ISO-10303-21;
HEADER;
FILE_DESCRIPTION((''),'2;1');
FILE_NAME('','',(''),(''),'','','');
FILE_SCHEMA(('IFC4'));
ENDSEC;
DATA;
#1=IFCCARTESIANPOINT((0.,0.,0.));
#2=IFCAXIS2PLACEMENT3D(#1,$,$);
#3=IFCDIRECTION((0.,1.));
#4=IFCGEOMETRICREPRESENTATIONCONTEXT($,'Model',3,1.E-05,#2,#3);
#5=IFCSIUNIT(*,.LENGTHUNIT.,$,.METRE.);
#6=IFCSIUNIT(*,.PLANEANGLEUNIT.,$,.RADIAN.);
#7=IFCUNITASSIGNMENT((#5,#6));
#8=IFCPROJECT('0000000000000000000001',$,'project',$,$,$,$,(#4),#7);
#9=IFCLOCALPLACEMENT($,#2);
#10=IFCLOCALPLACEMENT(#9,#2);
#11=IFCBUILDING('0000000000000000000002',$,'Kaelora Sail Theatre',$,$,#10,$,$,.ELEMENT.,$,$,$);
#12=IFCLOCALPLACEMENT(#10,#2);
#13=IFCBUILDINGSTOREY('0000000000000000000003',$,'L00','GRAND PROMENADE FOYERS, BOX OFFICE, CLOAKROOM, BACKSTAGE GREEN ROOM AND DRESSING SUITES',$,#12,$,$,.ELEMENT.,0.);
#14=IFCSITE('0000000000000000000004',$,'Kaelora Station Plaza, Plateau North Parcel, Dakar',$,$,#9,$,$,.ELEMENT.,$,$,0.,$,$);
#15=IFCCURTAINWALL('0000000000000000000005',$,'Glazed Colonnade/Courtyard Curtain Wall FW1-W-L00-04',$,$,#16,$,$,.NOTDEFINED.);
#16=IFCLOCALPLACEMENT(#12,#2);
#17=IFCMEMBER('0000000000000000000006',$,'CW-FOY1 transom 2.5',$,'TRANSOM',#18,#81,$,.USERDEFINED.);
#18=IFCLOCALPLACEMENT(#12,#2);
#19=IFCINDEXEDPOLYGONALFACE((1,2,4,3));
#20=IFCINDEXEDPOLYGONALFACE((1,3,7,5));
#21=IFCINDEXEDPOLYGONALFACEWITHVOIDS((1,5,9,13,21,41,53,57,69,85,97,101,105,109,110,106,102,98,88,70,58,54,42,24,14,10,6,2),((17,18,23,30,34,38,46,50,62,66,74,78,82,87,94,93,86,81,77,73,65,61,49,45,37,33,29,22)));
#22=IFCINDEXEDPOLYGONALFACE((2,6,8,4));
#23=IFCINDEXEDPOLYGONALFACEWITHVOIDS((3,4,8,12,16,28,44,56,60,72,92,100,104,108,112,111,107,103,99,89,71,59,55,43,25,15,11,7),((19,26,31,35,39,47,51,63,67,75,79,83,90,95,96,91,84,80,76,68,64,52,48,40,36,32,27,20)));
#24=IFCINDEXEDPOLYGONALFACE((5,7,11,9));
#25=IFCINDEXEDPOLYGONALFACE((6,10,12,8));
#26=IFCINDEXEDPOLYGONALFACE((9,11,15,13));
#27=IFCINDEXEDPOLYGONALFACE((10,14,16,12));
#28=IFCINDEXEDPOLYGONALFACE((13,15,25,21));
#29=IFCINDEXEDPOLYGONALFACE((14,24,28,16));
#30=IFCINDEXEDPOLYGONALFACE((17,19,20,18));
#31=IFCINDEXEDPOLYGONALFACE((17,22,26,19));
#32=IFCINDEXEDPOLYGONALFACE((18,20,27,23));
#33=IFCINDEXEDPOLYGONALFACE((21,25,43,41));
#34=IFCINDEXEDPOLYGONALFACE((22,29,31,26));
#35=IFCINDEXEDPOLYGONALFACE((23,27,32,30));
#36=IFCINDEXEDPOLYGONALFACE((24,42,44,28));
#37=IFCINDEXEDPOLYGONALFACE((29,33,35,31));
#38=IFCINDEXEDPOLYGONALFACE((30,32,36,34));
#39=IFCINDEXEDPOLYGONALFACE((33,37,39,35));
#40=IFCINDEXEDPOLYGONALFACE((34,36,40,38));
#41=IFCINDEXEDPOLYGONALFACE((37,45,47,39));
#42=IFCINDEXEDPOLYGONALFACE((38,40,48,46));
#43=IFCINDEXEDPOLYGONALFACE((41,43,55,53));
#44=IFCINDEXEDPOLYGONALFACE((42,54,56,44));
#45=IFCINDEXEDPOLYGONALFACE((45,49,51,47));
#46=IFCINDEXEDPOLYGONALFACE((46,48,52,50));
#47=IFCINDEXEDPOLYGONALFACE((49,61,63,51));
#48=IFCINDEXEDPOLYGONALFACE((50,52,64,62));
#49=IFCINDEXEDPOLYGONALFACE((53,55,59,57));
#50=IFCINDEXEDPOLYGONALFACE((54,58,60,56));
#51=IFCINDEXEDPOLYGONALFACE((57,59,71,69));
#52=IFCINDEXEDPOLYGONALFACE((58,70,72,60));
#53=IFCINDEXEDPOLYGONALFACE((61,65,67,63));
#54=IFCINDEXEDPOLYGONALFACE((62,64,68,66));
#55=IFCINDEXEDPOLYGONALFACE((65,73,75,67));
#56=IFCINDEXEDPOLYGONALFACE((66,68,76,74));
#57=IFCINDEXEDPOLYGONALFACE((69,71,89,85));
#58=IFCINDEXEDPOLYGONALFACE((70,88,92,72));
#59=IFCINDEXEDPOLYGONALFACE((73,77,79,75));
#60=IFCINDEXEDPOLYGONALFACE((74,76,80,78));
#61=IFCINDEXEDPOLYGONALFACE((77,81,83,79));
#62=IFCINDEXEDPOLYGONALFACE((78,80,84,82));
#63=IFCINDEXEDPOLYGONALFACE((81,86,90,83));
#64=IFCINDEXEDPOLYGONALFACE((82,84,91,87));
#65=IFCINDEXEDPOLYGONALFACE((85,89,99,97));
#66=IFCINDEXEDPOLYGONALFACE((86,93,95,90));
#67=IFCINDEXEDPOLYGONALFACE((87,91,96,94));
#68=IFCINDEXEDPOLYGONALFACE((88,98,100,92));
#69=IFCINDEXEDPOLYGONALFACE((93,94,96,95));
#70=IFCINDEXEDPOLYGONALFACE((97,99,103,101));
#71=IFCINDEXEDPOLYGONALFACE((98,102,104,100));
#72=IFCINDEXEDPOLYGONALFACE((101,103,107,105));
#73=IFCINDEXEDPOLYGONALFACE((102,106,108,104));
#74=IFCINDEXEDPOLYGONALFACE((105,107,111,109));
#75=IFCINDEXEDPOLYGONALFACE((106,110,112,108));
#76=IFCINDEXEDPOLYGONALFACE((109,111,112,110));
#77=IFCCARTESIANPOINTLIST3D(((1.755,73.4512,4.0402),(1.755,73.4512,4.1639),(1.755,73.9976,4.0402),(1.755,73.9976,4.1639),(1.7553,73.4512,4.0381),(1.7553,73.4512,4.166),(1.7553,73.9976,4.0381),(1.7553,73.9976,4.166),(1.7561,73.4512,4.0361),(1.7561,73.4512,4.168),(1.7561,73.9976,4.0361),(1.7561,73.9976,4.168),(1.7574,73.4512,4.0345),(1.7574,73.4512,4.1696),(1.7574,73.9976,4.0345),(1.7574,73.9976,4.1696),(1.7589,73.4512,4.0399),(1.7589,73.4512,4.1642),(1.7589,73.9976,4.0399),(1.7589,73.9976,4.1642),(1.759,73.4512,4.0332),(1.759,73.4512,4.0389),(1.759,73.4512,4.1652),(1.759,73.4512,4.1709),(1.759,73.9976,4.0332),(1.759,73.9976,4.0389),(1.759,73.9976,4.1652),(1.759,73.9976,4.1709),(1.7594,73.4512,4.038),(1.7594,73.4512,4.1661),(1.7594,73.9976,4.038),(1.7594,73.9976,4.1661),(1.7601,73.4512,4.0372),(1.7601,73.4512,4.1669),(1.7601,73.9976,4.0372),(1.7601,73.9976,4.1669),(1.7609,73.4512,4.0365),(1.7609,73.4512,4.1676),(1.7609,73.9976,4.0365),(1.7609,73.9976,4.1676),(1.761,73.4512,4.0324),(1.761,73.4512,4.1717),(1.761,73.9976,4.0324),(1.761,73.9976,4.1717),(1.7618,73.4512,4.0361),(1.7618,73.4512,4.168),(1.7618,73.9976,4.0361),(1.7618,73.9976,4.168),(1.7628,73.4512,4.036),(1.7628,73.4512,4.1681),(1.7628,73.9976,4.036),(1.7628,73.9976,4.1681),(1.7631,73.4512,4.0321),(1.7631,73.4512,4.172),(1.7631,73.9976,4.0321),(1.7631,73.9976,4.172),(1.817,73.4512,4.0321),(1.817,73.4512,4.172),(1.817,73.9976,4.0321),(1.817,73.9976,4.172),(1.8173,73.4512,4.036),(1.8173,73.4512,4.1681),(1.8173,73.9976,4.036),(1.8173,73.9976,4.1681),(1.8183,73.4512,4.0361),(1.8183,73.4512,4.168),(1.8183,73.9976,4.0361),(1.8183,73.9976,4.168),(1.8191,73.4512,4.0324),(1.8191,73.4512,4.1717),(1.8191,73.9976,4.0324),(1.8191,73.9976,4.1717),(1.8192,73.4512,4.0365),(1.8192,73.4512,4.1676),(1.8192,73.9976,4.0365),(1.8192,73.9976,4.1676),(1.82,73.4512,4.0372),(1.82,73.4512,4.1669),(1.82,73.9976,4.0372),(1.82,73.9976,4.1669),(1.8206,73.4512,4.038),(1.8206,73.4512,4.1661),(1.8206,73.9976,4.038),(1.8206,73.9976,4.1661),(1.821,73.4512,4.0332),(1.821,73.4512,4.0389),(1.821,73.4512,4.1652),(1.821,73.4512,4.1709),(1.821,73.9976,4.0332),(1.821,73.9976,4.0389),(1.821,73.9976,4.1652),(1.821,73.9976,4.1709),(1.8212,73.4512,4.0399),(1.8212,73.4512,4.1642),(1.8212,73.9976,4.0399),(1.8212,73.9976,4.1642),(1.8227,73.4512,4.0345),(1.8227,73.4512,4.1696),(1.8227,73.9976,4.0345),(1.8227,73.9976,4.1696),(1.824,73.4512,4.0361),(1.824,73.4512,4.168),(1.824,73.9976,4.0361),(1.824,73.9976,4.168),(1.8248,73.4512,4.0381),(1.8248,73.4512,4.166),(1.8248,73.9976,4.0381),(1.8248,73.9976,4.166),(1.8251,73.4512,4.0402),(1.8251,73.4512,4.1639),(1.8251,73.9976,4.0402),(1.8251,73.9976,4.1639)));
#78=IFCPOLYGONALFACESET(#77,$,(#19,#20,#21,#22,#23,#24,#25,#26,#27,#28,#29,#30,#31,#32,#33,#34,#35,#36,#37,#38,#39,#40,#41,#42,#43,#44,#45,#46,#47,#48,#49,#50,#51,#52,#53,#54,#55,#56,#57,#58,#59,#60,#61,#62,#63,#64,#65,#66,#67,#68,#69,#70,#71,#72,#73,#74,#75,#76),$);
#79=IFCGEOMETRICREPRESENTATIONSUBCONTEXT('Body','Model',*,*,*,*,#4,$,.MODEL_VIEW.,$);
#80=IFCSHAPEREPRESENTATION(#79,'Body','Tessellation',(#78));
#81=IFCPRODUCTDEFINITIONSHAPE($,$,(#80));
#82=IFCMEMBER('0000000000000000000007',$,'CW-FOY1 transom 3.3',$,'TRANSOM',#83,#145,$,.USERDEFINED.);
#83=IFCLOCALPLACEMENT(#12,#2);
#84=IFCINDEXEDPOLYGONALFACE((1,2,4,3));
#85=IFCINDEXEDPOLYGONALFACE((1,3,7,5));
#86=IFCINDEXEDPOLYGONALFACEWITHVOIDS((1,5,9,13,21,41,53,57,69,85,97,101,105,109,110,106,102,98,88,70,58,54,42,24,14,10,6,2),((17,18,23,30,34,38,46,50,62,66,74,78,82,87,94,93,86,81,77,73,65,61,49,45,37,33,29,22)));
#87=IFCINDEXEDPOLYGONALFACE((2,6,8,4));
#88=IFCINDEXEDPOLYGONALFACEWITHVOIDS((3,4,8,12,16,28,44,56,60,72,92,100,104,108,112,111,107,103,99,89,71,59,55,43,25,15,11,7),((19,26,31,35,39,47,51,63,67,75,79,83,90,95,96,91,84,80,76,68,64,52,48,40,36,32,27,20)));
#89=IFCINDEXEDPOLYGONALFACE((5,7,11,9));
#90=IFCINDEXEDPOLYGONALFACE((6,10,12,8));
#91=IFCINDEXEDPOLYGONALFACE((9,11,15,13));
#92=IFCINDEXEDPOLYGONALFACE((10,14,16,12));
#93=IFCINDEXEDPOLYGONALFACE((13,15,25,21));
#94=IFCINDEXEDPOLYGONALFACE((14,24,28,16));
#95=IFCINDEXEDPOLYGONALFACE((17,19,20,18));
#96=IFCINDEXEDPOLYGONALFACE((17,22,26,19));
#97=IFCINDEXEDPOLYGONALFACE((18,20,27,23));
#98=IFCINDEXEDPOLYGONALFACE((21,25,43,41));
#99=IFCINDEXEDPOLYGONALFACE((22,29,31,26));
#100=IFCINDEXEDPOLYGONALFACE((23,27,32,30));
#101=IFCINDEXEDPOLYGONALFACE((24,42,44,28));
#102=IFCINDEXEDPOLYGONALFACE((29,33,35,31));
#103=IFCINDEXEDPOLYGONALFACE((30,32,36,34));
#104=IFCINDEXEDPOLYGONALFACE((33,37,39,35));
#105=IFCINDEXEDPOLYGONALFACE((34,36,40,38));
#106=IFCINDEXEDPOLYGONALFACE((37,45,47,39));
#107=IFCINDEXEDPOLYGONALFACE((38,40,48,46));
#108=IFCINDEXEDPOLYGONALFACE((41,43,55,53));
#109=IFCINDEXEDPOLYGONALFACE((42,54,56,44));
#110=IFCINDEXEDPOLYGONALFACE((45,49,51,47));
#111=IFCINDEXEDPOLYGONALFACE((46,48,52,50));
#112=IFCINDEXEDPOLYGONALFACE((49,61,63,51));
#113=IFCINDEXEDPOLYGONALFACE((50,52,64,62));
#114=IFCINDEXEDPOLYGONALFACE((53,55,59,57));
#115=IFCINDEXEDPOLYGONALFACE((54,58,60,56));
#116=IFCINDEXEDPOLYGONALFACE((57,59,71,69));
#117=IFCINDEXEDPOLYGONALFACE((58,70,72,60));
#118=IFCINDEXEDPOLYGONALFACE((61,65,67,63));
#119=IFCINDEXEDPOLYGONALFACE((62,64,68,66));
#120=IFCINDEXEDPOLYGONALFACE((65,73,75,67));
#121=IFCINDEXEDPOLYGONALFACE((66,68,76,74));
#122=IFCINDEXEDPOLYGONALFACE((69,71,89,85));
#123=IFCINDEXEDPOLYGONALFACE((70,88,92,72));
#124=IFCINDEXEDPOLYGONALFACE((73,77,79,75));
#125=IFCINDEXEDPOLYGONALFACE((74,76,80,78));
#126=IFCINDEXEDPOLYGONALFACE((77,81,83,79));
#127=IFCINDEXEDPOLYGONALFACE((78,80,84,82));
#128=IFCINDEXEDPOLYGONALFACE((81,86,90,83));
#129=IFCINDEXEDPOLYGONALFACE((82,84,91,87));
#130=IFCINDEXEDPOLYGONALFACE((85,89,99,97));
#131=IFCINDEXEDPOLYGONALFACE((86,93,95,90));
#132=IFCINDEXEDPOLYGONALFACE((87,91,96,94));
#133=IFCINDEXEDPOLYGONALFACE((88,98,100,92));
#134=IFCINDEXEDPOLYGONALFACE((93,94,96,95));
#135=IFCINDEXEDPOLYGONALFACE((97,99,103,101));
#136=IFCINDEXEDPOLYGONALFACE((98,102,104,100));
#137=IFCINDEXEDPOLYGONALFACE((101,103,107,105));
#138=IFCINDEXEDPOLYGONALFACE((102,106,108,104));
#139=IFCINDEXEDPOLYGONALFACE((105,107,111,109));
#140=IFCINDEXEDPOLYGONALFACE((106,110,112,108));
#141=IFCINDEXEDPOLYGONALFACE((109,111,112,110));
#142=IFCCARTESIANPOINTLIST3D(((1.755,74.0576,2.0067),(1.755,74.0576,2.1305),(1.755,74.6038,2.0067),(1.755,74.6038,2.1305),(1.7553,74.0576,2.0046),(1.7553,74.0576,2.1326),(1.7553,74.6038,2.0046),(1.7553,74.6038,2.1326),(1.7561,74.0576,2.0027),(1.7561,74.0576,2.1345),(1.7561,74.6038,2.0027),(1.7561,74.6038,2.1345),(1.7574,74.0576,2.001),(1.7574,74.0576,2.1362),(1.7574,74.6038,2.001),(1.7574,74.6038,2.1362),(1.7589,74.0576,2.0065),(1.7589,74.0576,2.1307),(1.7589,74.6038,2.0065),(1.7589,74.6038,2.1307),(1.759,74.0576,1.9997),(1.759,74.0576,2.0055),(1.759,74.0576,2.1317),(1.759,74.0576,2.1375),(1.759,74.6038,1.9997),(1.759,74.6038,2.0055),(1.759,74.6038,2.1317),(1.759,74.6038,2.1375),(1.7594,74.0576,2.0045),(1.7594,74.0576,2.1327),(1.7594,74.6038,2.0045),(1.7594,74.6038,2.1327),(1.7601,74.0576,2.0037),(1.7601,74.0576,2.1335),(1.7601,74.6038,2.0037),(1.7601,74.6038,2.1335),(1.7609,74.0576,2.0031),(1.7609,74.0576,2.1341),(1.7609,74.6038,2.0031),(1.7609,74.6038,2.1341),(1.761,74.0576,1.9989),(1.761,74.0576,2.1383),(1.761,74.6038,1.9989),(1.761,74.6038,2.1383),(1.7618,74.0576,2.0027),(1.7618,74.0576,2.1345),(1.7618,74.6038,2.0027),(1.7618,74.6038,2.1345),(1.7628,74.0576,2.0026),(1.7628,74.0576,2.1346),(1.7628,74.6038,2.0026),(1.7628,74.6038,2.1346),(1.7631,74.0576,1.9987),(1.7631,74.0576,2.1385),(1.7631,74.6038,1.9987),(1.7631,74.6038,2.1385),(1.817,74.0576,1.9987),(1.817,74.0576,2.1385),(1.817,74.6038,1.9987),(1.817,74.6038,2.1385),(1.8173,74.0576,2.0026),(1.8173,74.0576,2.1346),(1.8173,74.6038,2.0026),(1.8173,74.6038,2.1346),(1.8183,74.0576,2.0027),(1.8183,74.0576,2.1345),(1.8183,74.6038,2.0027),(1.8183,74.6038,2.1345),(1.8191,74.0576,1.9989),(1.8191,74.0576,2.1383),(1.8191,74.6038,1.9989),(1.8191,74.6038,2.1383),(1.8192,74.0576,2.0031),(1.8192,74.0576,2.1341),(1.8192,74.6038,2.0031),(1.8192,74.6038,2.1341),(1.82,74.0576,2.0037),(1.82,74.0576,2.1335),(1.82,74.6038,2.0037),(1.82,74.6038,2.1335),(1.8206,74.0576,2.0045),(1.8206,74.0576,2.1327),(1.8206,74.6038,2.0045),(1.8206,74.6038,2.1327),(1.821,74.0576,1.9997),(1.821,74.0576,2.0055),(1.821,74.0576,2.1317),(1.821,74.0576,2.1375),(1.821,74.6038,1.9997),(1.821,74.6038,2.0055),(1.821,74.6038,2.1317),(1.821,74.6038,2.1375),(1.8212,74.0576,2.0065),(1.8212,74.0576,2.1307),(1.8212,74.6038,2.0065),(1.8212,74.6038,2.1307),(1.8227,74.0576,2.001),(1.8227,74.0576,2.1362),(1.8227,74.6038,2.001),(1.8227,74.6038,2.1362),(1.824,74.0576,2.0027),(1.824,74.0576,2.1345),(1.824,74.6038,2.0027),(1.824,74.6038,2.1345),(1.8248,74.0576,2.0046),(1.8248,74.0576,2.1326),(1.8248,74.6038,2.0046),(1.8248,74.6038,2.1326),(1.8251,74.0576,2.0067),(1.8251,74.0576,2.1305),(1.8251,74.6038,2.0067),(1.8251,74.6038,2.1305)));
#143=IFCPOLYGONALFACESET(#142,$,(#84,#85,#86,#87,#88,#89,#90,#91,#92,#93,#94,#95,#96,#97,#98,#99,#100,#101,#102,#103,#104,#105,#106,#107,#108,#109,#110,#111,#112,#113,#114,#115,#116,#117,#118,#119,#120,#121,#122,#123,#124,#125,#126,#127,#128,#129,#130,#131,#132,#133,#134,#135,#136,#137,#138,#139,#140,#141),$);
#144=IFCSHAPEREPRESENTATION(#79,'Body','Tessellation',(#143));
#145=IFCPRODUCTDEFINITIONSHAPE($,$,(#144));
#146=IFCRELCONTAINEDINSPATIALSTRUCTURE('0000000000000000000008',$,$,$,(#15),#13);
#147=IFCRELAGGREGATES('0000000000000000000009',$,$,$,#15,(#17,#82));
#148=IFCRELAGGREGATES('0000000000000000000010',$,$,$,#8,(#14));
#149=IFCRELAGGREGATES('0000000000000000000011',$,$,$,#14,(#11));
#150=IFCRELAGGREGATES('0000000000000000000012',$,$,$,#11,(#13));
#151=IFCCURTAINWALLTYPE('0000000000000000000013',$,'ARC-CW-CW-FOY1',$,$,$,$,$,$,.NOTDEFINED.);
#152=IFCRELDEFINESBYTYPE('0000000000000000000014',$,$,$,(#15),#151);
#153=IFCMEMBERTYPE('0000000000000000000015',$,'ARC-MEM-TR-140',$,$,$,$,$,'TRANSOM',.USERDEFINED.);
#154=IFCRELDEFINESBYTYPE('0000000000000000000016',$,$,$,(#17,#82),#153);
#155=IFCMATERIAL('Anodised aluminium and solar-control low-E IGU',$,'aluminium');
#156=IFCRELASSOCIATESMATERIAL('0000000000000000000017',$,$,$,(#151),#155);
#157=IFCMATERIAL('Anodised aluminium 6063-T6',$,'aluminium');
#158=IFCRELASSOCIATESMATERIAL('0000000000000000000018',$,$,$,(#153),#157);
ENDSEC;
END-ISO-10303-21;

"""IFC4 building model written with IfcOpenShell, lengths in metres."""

from ifc_helpers import new_model, si_unit, direction, frame, origin, origin_2d, place, context, subcontext, project, spatial, hollow_rectangle, extrude, material, material_profile, profile_set, type_object, element, aggregate, save


model = new_model("IFC4")

# Units and contexts
model_context = context("Model", 3, precision=1e-05, world=origin(), true_north=direction((0.0, 1.0)))
body_context = subcontext(model_context, "Body", "Model", "MODEL_VIEW")
ifc_project = project(units=[si_unit("LENGTHUNIT", "METRE"), si_unit("PLANEANGLEUNIT", "RADIAN")], contexts=[model_context])

# Site, building, storey
site_placement = place(None, origin())
site = spatial("IfcSite", under=ifc_project, at=site_placement, Name="Kaelora Station Plaza, Plateau North Parcel, Dakar", CompositionType="ELEMENT", RefElevation=0.0)
building_placement = place(site_placement, origin())
building = spatial("IfcBuilding", under=site, at=building_placement, Name="Kaelora Sail Theatre", CompositionType="ELEMENT")
storey_placement = place(building_placement, origin())
storey = spatial("IfcBuildingStorey", under=building, at=storey_placement, Name="L00", Description="GRAND PROMENADE FOYERS, BOX OFFICE, CLOAKROOM, BACKSTAGE GREEN ROOM AND DRESSING SUITES", CompositionType="ELEMENT", Elevation=0.0)

# Curtain wall, members
ifc_material_1 = material(Name="Anodised aluminium and solar-control low-E IGU", Category="aluminium")
curtain_wall_type = type_object("IfcCurtainWallType", Name="ARC-CW-CW-FOY1", PredefinedType="NOTDEFINED", material=ifc_material_1)
ifc_material_2 = material(Name="Anodised aluminium 6063-T6", Category="aluminium")
ifc_material_profile = material_profile(ifc_material_2, hollow_rectangle(XDim=0.0701, YDim=0.1399, WallThickness=0.0039, InnerFilletRadius=0.0039, OuterFilletRadius=0.0081, at=origin_2d()), Name="ALU-TRAN 70x140x4")
ifc_profile_set = profile_set([ifc_material_profile], Name="Anodised aluminium 6063-T6")
member_type = type_object("IfcMemberType", Name="ARC-MEM-TR-140", ElementType="TRANSOM", PredefinedType="USERDEFINED", material=ifc_profile_set)
curtain_wall_1_placement = place(storey_placement, origin())
curtain_wall_1 = element("IfcCurtainWall", 1, at=curtain_wall_1_placement, inside=storey, type_object=curtain_wall_type, Name="Glazed Colonnade/Courtyard Curtain Wall FW1-W-L00-04", PredefinedType="NOTDEFINED")
member_1_placement = place(storey_placement, frame((1.79, 73.4512, 4.1021), z_axis=(0.0, 1.0, 0.0), x_axis=(-1.0, 0.0, 0.0)))
member_1 = element("IfcMember", 2, at=member_1_placement, type_object=member_type, Name="CW-FOY1 transom 2.5", ObjectType="TRANSOM", PredefinedType="USERDEFINED", context=body_context, shape_type="SweptSolid", body=[
    extrude(hollow_rectangle(XDim=0.0701, YDim=0.1399, WallThickness=0.0039, InnerFilletRadius=0.0039, OuterFilletRadius=0.0081, at=origin_2d()), origin(), (0.0, 0.0, 1.0), 0.5464),
])
member_2_placement = place(storey_placement, frame((1.79, 74.0576, 2.0686), z_axis=(0.0, 1.0, 0.0), x_axis=(-1.0, 0.0, 0.0)))
member_2 = element("IfcMember", 3, at=member_2_placement, type_object=member_type, Name="CW-FOY1 transom 3.3", ObjectType="TRANSOM", PredefinedType="USERDEFINED", context=body_context, shape_type="SweptSolid", body=[
    extrude(hollow_rectangle(XDim=0.0701, YDim=0.1399, WallThickness=0.0039, InnerFilletRadius=0.0039, OuterFilletRadius=0.0081, at=origin_2d()), origin(), (0.0, 0.0, 1.0), 0.5461),
])

aggregate(curtain_wall_1, [member_1, member_2])

save(model, "model.ifc")
